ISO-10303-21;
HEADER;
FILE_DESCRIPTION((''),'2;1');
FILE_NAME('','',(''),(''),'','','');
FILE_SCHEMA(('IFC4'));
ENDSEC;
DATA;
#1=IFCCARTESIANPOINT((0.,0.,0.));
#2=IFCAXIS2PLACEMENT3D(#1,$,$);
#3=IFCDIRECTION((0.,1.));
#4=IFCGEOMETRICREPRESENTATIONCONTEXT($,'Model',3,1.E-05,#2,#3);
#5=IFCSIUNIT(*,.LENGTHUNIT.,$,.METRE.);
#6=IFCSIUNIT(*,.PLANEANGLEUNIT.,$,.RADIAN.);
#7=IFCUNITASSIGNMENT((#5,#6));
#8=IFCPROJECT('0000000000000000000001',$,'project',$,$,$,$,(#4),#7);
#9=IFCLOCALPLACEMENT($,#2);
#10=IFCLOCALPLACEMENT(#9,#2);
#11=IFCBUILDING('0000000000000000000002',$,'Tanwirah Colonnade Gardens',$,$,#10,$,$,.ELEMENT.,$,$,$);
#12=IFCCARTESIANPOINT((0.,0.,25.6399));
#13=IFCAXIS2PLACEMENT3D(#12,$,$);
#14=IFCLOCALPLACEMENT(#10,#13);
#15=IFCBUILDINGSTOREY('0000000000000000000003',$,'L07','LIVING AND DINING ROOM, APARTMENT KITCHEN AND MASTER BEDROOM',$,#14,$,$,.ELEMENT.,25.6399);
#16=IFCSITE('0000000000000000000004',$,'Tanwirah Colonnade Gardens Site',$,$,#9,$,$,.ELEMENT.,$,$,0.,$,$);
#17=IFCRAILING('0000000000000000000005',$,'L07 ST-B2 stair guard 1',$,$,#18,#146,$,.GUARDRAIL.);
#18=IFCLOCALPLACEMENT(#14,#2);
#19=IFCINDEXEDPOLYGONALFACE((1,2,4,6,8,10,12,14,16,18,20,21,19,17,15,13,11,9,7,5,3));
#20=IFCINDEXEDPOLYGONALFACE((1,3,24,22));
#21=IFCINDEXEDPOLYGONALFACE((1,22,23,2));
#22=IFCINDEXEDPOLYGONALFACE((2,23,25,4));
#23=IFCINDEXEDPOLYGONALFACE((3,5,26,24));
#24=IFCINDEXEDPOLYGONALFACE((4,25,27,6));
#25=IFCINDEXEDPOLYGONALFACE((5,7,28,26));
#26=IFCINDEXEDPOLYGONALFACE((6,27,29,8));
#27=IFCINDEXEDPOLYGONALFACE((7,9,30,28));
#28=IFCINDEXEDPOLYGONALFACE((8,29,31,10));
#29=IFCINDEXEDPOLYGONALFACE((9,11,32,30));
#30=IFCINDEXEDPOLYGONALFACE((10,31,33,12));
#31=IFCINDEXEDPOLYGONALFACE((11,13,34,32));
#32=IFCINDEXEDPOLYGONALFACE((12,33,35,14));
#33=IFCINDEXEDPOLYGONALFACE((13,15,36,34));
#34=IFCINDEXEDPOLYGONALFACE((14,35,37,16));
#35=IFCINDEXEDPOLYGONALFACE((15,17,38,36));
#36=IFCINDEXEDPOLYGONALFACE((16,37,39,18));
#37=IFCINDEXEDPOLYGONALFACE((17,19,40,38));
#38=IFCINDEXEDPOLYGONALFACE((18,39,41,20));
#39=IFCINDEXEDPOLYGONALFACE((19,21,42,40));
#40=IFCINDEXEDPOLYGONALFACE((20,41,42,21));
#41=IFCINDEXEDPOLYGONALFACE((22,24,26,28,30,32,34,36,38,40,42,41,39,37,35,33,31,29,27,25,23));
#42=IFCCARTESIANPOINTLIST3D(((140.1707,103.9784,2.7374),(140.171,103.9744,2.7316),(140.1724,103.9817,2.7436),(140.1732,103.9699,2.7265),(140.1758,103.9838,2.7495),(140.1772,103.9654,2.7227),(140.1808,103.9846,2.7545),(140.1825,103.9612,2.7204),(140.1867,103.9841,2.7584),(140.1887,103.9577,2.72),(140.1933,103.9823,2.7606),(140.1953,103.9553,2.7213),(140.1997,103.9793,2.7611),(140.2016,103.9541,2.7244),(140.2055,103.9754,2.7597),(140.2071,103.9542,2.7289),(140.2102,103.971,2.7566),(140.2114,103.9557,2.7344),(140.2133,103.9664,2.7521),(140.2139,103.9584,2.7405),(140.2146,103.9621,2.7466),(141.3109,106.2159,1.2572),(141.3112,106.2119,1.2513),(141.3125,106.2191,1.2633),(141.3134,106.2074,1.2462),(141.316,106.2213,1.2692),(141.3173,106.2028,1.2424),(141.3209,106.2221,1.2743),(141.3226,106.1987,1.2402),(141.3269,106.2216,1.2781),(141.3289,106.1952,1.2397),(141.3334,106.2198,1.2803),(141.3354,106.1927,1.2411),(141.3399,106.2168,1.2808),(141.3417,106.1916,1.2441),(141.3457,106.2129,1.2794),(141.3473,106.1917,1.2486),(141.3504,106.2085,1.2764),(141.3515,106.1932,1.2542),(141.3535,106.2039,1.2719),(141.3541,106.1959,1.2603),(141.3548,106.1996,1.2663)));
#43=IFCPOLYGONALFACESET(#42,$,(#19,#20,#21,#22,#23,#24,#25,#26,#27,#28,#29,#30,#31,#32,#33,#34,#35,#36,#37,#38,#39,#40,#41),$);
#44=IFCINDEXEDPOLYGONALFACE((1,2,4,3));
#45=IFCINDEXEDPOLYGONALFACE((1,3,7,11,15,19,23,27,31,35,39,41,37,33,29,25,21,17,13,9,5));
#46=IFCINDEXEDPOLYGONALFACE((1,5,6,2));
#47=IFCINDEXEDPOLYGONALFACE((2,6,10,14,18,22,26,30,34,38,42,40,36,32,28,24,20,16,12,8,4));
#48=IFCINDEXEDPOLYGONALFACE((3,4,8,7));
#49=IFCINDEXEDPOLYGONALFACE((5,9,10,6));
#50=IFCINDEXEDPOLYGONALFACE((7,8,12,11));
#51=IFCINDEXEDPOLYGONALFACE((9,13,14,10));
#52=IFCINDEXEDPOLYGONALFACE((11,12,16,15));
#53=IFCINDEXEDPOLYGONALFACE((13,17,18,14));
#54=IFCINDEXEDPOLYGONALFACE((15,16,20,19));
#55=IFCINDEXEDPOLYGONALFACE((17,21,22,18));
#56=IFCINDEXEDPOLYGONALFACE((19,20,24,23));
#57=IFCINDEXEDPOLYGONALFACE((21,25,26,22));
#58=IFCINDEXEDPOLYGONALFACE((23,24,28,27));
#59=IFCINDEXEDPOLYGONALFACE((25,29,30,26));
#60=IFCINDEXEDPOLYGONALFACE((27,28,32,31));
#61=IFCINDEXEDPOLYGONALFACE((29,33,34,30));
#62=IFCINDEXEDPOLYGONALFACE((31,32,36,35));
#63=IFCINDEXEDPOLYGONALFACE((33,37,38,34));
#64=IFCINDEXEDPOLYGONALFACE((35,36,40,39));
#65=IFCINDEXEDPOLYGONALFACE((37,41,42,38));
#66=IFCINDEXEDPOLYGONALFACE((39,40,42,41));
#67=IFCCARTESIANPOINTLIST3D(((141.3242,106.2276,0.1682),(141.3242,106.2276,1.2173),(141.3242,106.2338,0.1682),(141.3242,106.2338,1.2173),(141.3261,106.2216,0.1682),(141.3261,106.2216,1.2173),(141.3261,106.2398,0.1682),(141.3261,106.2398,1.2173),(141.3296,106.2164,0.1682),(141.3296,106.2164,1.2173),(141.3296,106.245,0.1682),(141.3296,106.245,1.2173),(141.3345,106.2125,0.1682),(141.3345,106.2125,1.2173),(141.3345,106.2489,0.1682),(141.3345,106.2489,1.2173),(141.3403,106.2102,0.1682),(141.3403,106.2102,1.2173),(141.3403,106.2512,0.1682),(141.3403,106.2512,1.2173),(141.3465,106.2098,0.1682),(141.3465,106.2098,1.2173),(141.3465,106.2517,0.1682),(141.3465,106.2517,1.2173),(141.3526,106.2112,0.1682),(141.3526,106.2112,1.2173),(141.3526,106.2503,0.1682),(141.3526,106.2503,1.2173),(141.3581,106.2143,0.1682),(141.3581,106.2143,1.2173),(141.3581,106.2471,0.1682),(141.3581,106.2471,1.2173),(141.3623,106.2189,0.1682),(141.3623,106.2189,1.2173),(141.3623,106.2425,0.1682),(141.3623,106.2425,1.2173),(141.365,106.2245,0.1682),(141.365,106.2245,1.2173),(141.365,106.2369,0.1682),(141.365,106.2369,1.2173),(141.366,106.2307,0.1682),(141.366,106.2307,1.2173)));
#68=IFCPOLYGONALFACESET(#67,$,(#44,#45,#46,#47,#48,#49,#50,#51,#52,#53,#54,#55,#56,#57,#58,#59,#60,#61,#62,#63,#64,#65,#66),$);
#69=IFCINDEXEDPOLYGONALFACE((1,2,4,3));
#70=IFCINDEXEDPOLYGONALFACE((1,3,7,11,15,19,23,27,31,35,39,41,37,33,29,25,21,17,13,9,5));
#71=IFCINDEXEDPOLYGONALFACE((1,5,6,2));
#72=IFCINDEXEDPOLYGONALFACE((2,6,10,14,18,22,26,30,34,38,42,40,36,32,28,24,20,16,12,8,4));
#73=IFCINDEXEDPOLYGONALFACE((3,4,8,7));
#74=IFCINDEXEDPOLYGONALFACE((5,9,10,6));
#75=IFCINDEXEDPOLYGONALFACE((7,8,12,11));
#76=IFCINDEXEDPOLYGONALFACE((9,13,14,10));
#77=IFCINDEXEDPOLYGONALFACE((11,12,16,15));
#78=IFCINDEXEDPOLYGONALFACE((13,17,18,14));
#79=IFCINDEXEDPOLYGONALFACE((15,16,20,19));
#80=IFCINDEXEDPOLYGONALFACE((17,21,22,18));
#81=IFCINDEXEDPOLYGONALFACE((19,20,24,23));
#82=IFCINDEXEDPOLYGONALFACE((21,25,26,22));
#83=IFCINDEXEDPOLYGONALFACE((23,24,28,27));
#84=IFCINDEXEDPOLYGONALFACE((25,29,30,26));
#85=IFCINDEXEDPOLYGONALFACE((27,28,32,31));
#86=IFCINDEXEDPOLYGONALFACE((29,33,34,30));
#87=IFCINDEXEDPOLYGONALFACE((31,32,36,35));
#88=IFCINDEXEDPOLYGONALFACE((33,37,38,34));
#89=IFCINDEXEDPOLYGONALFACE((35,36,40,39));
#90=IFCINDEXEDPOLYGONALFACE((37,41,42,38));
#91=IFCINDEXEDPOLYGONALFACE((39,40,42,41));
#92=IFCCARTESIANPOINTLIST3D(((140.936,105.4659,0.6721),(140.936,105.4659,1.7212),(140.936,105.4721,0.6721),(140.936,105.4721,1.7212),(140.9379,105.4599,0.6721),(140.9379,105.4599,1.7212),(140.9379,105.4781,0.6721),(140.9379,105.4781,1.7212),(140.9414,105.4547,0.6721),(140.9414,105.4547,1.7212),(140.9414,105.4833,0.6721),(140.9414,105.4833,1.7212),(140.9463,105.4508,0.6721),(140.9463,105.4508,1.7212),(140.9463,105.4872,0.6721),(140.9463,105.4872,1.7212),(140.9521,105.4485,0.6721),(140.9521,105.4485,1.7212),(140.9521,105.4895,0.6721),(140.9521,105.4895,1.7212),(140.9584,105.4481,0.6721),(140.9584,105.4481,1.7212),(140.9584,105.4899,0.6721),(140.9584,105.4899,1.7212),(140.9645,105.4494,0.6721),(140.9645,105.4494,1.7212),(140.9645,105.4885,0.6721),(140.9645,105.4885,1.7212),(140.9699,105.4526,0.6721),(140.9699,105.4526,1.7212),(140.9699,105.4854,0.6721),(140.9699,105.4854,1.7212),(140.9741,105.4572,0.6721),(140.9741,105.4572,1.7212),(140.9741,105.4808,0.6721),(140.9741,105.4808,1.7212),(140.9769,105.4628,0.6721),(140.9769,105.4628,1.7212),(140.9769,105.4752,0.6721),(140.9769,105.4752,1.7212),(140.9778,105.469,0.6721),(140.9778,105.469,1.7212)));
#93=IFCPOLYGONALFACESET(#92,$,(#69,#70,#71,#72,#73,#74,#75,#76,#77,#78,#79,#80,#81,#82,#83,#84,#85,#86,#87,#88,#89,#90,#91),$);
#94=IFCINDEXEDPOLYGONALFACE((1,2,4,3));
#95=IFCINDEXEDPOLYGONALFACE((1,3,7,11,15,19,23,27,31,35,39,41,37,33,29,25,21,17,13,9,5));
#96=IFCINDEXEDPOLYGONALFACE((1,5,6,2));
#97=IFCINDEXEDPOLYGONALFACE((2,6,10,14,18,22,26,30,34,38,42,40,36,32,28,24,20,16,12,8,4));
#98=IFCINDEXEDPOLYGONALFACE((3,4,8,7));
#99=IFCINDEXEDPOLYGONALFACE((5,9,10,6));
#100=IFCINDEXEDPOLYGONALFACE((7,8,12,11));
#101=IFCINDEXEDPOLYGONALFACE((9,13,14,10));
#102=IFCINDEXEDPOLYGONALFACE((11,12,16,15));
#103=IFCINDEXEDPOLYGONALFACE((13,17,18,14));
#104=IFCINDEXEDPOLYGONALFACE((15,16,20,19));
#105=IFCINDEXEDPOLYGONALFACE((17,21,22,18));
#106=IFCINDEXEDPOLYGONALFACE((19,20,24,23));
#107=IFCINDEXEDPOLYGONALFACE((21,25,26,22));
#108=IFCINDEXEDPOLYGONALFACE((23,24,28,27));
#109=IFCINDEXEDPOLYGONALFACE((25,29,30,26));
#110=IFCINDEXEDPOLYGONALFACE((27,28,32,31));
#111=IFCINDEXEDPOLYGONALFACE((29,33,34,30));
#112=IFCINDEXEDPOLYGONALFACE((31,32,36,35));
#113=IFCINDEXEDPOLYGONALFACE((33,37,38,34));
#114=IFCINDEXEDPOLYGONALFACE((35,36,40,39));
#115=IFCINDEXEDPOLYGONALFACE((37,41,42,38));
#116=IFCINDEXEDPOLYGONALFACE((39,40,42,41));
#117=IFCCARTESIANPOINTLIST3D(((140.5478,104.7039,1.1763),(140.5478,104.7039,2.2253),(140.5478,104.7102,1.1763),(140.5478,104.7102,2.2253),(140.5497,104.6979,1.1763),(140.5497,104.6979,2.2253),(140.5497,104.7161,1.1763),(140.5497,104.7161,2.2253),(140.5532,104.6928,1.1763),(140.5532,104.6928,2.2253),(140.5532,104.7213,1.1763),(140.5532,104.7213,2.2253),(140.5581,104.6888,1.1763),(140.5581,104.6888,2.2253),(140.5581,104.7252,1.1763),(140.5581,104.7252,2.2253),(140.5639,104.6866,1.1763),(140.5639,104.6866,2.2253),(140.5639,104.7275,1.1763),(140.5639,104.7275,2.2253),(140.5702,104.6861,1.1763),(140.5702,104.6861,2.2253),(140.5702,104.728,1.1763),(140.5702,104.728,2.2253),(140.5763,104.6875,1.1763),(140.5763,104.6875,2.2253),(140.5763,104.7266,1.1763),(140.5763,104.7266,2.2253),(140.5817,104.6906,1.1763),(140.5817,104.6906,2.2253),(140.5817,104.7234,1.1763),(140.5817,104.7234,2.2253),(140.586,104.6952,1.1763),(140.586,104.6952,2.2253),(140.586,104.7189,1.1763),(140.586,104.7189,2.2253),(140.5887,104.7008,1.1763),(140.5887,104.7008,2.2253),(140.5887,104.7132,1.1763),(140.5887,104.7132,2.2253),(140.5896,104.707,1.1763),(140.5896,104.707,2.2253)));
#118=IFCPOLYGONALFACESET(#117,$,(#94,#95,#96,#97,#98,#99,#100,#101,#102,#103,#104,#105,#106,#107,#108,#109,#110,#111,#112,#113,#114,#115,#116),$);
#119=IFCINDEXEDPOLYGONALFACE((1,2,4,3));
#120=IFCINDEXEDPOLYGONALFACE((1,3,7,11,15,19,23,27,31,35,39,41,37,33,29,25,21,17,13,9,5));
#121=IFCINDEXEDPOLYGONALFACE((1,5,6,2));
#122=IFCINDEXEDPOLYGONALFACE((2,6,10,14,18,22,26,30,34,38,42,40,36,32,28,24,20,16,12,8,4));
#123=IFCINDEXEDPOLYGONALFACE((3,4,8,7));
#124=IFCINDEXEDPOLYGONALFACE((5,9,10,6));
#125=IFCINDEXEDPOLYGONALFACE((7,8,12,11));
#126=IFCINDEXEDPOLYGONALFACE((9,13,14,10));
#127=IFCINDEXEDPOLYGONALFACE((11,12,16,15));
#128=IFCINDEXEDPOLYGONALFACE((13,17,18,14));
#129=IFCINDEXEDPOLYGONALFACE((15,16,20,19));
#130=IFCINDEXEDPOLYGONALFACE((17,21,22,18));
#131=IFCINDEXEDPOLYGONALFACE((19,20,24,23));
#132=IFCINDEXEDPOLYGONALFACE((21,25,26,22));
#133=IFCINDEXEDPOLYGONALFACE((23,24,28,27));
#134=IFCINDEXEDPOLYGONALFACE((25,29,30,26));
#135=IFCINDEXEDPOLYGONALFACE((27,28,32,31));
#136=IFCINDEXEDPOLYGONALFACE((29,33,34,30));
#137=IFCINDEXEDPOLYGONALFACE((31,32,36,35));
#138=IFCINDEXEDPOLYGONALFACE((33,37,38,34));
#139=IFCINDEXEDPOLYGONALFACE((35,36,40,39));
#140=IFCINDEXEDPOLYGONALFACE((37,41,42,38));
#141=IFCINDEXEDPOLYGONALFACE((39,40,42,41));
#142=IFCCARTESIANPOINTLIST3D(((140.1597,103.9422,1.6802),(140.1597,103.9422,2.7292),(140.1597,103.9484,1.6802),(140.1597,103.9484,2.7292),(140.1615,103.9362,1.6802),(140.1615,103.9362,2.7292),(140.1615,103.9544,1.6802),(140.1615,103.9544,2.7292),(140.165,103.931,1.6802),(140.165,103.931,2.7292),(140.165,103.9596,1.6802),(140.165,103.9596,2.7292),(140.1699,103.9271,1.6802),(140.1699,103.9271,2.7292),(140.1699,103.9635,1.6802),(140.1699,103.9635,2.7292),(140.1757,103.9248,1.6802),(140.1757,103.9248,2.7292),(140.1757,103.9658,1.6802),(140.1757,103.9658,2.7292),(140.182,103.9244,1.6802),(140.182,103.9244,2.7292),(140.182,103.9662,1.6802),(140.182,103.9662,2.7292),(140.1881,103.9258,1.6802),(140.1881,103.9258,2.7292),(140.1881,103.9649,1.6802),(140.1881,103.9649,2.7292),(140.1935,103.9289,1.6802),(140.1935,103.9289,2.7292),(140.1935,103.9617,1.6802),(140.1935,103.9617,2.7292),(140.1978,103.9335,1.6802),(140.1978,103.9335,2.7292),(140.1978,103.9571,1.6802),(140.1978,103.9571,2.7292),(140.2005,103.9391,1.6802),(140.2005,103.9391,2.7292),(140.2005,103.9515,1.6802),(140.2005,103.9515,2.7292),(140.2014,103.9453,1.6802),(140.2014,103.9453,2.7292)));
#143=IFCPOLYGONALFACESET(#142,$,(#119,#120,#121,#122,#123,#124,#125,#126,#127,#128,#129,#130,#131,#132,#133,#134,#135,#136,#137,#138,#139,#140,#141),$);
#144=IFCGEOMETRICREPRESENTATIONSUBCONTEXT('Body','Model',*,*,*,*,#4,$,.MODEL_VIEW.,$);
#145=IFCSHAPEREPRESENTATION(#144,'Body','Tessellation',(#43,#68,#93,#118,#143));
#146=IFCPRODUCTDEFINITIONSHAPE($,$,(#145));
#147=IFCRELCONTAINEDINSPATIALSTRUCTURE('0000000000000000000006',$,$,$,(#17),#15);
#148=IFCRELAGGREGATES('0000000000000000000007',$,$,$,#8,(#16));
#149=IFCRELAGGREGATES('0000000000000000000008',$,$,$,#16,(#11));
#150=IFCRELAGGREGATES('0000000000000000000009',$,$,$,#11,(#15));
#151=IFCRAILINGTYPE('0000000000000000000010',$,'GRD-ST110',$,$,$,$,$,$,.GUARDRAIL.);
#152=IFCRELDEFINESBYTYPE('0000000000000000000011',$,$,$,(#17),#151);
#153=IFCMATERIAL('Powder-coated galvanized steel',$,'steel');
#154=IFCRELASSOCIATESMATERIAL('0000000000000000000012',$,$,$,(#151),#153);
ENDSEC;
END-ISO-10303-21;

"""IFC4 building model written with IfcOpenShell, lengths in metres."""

from ifc_helpers import new_model, si_unit, direction, frame, origin, origin_2d, place, context, subcontext, project, spatial, circle, extrude, material, type_object, element, save


model = new_model("IFC4")

# Units and contexts
model_context = context("Model", 3, precision=1e-05, world=origin(), true_north=direction((0.0, 1.0)))
body_context = subcontext(model_context, "Body", "Model", "MODEL_VIEW")
ifc_project = project(units=[si_unit("LENGTHUNIT", "METRE"), si_unit("PLANEANGLEUNIT", "RADIAN")], contexts=[model_context])

# Site, building, storey
site_placement = place(None, origin())
site = spatial("IfcSite", under=ifc_project, at=site_placement, Name="Tanwirah Colonnade Gardens Site", CompositionType="ELEMENT", RefElevation=0.0)
building_placement = place(site_placement, origin())
building = spatial("IfcBuilding", under=site, at=building_placement, Name="Tanwirah Colonnade Gardens", CompositionType="ELEMENT")
storey_placement = place(building_placement, frame((0.0, 0.0, 25.6399)))
storey = spatial("IfcBuildingStorey", under=building, at=storey_placement, Name="L07", Description="LIVING AND DINING ROOM, APARTMENT KITCHEN AND MASTER BEDROOM", CompositionType="ELEMENT", Elevation=25.6399)

# Railing
ifc_material_1 = material(Name="Powder-coated galvanized steel", Category="steel")
railing_type_1 = type_object("IfcRailingType", Name="GRD-ST110", PredefinedType="GUARDRAIL", material=ifc_material_1)
railing_1_placement = place(storey_placement, frame((141.345, 106.2307, 0.1682)))
element("IfcRailing", 1, at=railing_1_placement, inside=storey, type_object=railing_type_1, Name="L07 ST-B2 stair guard 1", PredefinedType="GUARDRAIL", context=body_context, shape_type="SweptSolid", body=[
    extrude(circle(Radius=0.0239, at=origin_2d()), frame((-0.0122, -0.0239, 1.092), z_axis=(-0.391122, -0.767567, 0.507803), x_axis=(0.890994, -0.454016, 0.0)), (0.0, 0.0, 1.0), 2.915),
    extrude(circle(Radius=0.021, at=origin_2d()), origin(), (0.0, 0.0, 1.0), 1.0491),
    extrude(circle(Radius=0.021, at=origin_2d()), frame((-0.3882, -0.7617, 0.5039)), (0.0, 0.0, 1.0), 1.0491),
    extrude(circle(Radius=0.021, at=origin_2d()), frame((-0.7764, -1.5237, 1.0081)), (0.0, 0.0, 1.0), 1.0491),
    extrude(circle(Radius=0.021, at=origin_2d()), frame((-1.1646, -2.2854, 1.512)), (0.0, 0.0, 1.0), 1.0491),
])

save(model, "model.ifc")
